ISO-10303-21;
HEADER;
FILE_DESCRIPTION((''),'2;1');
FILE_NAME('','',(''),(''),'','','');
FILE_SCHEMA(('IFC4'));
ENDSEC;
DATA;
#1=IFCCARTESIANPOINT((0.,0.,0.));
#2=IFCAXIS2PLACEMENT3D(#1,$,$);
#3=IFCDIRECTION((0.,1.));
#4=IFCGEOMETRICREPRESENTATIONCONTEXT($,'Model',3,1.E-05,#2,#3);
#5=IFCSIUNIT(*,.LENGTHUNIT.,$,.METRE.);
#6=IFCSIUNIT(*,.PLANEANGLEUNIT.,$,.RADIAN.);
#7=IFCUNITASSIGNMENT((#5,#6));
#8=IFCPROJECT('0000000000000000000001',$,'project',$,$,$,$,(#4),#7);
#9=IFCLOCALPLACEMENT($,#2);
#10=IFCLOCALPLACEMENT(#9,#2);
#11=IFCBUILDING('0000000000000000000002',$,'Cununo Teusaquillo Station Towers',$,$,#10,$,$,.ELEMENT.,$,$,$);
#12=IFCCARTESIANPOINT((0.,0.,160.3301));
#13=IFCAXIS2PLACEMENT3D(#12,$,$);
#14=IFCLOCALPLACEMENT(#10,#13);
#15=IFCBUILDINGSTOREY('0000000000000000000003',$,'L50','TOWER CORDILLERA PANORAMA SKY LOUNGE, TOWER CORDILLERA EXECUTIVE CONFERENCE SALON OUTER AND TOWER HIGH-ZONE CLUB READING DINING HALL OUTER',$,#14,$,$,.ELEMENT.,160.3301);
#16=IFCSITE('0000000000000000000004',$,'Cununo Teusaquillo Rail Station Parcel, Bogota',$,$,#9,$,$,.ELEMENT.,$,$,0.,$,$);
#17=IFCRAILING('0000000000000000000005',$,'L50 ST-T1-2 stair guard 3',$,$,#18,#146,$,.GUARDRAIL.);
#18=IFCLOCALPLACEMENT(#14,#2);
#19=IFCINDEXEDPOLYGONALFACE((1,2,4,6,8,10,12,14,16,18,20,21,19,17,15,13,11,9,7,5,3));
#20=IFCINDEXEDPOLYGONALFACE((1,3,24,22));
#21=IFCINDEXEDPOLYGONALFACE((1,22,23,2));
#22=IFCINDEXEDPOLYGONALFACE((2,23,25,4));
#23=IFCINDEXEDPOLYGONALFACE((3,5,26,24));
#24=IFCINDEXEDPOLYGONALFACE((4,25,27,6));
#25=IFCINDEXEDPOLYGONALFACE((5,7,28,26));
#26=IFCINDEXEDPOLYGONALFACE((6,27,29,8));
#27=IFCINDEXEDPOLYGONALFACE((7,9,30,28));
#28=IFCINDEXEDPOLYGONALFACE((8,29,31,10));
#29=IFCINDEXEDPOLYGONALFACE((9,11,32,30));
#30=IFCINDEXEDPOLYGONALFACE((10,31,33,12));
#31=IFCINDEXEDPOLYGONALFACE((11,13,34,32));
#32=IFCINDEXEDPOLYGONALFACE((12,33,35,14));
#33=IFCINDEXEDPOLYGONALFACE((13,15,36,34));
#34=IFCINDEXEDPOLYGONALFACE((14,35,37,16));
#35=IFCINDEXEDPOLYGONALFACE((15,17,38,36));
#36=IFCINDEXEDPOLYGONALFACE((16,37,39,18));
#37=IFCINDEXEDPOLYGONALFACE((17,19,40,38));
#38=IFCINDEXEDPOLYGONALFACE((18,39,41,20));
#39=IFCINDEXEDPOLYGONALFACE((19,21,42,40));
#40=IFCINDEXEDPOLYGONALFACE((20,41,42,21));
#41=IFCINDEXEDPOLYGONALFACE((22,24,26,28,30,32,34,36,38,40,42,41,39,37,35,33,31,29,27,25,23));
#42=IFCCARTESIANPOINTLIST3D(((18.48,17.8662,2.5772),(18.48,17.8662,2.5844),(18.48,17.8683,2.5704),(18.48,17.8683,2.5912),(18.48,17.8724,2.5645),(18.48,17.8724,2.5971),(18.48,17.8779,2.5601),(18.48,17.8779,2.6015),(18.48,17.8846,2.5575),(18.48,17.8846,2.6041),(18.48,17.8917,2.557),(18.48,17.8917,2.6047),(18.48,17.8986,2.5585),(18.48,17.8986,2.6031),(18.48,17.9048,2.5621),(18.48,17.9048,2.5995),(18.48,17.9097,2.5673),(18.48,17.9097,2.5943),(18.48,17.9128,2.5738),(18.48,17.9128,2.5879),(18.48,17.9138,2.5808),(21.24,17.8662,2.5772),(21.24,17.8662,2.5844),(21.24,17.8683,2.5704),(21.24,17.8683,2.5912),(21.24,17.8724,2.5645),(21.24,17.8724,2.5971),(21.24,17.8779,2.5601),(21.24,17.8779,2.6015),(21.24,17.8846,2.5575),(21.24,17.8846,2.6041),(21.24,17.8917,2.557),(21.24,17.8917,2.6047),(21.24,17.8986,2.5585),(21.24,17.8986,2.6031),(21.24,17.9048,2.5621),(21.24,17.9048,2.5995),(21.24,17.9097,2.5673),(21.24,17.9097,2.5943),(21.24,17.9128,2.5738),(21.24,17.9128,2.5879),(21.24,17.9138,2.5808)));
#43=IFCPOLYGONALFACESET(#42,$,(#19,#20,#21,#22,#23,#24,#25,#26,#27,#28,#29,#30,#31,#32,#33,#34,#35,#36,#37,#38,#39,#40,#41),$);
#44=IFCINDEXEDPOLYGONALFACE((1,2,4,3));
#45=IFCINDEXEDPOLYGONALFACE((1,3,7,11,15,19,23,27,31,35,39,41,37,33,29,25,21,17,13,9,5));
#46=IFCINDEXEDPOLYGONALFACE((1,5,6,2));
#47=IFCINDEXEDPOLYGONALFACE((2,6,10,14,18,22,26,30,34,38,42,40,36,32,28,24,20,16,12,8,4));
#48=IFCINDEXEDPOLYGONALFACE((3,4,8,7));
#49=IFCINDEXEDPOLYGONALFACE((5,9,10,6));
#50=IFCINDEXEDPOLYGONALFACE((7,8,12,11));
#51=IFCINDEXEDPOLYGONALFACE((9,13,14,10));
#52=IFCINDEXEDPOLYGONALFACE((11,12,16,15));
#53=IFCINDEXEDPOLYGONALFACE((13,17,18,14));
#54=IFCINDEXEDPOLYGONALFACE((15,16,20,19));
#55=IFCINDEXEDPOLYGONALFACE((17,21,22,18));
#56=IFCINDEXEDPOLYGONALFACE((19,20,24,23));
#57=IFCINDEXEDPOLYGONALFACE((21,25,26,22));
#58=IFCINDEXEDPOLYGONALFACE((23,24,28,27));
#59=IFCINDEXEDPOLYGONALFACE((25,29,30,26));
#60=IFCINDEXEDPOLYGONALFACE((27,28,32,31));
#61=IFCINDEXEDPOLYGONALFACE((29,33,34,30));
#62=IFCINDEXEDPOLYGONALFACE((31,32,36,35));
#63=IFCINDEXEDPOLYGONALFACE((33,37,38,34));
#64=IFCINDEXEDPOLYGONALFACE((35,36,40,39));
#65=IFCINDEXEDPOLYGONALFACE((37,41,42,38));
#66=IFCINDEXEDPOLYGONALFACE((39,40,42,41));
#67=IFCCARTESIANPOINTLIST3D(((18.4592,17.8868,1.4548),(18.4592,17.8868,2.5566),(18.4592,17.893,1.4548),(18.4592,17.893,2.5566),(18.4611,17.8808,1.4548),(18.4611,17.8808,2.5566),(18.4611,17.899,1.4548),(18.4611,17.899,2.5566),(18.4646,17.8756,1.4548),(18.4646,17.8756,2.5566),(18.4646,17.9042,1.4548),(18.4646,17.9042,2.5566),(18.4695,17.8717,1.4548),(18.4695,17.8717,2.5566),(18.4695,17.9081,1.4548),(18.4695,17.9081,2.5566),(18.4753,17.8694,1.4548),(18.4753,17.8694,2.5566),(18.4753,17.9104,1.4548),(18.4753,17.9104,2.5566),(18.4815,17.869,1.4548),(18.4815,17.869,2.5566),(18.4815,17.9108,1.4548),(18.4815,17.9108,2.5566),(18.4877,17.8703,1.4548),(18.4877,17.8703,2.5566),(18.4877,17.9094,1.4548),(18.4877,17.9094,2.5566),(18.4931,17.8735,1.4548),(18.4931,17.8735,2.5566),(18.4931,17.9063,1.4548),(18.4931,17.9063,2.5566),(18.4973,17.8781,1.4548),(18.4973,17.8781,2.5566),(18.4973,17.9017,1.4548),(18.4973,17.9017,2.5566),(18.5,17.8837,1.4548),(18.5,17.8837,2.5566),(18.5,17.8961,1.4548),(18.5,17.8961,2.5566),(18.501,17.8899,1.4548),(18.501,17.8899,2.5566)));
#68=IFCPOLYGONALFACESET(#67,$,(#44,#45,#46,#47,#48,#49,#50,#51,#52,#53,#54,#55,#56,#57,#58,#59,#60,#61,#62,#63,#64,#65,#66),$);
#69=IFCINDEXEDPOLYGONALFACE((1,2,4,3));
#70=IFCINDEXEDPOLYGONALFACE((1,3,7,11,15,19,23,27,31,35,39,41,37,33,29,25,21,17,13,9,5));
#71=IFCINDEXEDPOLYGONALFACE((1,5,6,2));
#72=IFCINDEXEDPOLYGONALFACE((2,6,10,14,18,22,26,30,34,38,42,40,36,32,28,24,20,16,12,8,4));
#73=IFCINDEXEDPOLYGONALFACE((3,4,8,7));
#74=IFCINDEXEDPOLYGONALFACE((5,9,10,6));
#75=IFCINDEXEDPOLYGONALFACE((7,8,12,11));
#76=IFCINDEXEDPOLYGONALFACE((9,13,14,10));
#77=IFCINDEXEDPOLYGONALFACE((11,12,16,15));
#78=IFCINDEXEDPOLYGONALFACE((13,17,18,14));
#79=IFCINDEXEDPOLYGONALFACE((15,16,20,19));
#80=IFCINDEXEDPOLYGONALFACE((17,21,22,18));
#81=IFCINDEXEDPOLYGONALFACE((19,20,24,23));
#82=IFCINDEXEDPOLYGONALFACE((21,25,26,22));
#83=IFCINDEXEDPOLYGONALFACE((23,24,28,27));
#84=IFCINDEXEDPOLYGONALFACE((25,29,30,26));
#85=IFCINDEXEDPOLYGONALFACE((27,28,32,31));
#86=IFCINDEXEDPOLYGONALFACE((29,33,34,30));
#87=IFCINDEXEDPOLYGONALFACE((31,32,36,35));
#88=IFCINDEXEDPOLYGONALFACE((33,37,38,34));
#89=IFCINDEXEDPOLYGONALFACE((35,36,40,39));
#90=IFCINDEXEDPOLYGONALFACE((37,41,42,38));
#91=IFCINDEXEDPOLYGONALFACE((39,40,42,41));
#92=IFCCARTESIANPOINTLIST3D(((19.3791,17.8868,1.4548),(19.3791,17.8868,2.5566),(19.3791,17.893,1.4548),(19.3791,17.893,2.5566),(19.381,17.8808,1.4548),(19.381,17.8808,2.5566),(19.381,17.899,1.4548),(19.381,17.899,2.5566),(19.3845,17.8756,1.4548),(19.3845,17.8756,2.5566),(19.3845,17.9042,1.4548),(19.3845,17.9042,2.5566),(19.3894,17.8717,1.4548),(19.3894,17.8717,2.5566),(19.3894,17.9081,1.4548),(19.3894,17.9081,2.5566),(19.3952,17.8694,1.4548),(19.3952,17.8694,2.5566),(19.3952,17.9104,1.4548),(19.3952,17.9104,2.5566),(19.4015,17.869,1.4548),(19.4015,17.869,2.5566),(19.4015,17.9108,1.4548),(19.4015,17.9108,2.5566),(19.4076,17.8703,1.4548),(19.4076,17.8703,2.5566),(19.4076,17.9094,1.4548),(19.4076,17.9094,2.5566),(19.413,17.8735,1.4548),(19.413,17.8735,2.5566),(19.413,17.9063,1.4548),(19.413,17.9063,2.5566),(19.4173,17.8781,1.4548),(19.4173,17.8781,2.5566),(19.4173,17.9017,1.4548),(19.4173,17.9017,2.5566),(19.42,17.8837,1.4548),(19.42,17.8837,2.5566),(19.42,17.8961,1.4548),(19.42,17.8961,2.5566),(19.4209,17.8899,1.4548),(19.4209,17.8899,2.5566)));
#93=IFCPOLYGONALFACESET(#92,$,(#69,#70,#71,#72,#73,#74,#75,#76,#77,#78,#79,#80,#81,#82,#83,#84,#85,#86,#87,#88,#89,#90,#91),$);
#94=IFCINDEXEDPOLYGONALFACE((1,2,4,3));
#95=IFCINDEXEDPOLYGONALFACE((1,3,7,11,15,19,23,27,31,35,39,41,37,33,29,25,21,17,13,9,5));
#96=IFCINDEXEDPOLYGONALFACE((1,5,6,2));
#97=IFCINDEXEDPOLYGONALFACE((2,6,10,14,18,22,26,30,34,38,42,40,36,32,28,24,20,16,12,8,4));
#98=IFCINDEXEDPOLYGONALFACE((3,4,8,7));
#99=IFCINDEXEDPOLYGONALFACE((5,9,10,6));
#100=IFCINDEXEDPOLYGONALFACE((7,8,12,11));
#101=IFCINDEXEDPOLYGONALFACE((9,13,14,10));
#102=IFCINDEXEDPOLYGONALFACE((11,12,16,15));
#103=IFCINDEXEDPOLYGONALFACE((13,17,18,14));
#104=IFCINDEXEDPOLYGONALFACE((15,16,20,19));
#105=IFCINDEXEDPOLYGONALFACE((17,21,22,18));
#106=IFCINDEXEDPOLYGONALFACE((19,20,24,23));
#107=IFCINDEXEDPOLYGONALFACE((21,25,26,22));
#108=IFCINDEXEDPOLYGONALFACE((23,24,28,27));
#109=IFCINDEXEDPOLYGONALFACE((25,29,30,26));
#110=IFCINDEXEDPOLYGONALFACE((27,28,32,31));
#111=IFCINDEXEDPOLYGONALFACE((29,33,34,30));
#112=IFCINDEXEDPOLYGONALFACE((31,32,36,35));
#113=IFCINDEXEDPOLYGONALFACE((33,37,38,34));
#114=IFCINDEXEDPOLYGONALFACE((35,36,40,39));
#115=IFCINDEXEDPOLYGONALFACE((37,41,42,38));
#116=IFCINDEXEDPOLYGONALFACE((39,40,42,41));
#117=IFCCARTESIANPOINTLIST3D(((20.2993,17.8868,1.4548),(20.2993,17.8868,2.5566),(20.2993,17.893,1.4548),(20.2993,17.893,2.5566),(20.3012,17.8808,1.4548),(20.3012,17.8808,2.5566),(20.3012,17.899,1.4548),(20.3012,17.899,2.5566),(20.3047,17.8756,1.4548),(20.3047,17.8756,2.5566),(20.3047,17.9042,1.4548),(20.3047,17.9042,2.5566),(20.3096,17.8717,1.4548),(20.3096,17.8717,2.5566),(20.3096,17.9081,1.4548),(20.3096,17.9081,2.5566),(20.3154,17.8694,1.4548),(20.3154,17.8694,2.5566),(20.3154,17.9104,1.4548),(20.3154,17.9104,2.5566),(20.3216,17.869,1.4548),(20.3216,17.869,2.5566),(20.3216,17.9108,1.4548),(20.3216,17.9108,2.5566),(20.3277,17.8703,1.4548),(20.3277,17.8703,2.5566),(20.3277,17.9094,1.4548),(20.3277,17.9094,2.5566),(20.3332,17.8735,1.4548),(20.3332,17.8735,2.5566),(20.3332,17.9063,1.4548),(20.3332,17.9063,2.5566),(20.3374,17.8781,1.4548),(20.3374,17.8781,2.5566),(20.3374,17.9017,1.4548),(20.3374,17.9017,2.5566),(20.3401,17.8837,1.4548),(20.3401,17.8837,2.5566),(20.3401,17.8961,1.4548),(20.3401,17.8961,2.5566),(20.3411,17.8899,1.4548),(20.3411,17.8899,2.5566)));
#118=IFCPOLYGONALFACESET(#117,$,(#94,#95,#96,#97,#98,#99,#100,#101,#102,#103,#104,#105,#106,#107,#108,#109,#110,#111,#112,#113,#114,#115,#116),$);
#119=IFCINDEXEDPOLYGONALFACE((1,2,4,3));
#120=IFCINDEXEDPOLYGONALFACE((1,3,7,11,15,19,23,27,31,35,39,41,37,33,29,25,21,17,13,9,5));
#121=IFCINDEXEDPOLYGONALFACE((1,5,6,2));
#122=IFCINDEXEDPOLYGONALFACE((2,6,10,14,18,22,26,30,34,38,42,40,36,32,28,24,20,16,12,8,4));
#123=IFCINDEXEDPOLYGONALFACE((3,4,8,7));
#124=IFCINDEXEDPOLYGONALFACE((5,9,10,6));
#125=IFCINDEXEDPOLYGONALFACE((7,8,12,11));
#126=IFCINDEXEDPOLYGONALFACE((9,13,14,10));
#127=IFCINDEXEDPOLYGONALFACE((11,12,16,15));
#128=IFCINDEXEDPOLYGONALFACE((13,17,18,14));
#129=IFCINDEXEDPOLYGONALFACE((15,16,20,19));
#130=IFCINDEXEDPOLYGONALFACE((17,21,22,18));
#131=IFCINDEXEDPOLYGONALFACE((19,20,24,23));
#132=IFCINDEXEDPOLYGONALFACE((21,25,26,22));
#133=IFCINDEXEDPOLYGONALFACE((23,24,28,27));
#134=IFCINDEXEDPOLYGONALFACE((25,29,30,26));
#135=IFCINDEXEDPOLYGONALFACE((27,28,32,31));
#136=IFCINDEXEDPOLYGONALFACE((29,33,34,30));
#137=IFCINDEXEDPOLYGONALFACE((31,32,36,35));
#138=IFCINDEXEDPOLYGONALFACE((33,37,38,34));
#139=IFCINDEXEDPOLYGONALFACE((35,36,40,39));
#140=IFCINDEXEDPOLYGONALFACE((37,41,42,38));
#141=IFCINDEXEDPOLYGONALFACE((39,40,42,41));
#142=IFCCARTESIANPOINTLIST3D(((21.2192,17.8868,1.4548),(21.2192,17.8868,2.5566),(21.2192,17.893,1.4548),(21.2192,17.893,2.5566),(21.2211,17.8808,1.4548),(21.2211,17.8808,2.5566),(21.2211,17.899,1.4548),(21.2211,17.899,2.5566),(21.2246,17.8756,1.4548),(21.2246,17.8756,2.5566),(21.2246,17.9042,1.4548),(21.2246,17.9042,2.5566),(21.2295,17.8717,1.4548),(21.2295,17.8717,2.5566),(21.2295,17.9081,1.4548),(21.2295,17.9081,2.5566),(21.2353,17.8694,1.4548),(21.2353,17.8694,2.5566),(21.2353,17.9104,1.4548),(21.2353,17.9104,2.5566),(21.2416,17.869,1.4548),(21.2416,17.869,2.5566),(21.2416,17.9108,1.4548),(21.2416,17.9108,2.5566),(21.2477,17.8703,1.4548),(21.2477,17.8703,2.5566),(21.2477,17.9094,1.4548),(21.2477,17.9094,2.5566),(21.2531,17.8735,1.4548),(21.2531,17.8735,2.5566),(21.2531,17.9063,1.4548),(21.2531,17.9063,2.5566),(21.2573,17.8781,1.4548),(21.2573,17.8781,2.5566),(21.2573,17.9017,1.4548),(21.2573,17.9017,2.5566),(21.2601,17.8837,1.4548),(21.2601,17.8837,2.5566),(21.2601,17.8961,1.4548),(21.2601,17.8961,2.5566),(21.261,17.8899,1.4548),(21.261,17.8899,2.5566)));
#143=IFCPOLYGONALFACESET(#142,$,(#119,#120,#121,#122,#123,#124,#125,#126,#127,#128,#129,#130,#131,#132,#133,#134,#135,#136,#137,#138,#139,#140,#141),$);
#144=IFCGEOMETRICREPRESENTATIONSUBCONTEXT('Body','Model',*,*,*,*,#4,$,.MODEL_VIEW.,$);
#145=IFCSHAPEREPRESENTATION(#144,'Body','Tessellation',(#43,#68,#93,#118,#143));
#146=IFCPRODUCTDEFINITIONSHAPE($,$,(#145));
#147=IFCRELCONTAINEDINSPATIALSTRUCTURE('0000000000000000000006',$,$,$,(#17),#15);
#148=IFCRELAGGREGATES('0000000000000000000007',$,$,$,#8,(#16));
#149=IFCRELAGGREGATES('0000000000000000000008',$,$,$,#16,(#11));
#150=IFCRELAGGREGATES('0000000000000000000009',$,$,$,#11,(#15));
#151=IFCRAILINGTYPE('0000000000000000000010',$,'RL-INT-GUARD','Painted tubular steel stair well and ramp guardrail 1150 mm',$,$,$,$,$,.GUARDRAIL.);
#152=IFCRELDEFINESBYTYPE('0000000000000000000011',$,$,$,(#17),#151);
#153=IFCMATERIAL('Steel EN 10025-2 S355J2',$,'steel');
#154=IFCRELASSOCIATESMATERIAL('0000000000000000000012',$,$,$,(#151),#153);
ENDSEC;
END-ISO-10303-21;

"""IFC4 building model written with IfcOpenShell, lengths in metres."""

from ifc_helpers import new_model, si_unit, direction, frame, origin, origin_2d, place, context, subcontext, project, spatial, circle, extrude, material, type_object, element, save


model = new_model("IFC4")

# Units and contexts
model_context = context("Model", 3, precision=1e-05, world=origin(), true_north=direction((0.0, 1.0)))
body_context = subcontext(model_context, "Body", "Model", "MODEL_VIEW")
ifc_project = project(units=[si_unit("LENGTHUNIT", "METRE"), si_unit("PLANEANGLEUNIT", "RADIAN")], contexts=[model_context])

# Site, building, storey
site_placement = place(None, origin())
site = spatial("IfcSite", under=ifc_project, at=site_placement, Name="Cununo Teusaquillo Rail Station Parcel, Bogota", CompositionType="ELEMENT", RefElevation=0.0)
building_placement = place(site_placement, origin())
building = spatial("IfcBuilding", under=site, at=building_placement, Name="Cununo Teusaquillo Station Towers", CompositionType="ELEMENT")
storey_placement = place(building_placement, frame((0.0, 0.0, 160.3301)))
storey = spatial("IfcBuildingStorey", under=building, at=storey_placement, Name="L50", Description="TOWER CORDILLERA PANORAMA SKY LOUNGE, TOWER CORDILLERA EXECUTIVE CONFERENCE SALON OUTER AND TOWER HIGH-ZONE CLUB READING DINING HALL OUTER", CompositionType="ELEMENT", Elevation=160.3301)

# Railing
ifc_material_1 = material(Name="Steel EN 10025-2 S355J2", Category="steel")
railing_type_1 = type_object("IfcRailingType", Name="RL-INT-GUARD", Description="Painted tubular steel stair well and ramp guardrail 1150 mm", PredefinedType="GUARDRAIL", material=ifc_material_1)
railing_1_placement = place(storey_placement, frame((18.48, 17.8899, 1.4548)))
element("IfcRailing", 1, at=railing_1_placement, inside=storey, type_object=railing_type_1, Name="L50 ST-T1-2 stair guard 3", PredefinedType="GUARDRAIL", context=body_context, shape_type="SweptSolid", body=[
    extrude(circle(Radius=0.0239, at=origin_2d()), frame((0.0, 0.0, 1.126), z_axis=(1.0, 0.0, 0.0), x_axis=(0.0, 1.0, 0.0)), (0.0, 0.0, 1.0), 2.76),
    extrude(circle(Radius=0.021, at=origin_2d()), origin(), (0.0, 0.0, 1.0), 1.1018),
    extrude(circle(Radius=0.021, at=origin_2d()), frame((0.9199, 0.0, 0.0)), (0.0, 0.0, 1.0), 1.1018),
    extrude(circle(Radius=0.021, at=origin_2d()), frame((1.8401, 0.0, 0.0)), (0.0, 0.0, 1.0), 1.1018),
    extrude(circle(Radius=0.021, at=origin_2d()), frame((2.76, 0.0, 0.0)), (0.0, 0.0, 1.0), 1.1018),
])

save(model, "model.ifc")
